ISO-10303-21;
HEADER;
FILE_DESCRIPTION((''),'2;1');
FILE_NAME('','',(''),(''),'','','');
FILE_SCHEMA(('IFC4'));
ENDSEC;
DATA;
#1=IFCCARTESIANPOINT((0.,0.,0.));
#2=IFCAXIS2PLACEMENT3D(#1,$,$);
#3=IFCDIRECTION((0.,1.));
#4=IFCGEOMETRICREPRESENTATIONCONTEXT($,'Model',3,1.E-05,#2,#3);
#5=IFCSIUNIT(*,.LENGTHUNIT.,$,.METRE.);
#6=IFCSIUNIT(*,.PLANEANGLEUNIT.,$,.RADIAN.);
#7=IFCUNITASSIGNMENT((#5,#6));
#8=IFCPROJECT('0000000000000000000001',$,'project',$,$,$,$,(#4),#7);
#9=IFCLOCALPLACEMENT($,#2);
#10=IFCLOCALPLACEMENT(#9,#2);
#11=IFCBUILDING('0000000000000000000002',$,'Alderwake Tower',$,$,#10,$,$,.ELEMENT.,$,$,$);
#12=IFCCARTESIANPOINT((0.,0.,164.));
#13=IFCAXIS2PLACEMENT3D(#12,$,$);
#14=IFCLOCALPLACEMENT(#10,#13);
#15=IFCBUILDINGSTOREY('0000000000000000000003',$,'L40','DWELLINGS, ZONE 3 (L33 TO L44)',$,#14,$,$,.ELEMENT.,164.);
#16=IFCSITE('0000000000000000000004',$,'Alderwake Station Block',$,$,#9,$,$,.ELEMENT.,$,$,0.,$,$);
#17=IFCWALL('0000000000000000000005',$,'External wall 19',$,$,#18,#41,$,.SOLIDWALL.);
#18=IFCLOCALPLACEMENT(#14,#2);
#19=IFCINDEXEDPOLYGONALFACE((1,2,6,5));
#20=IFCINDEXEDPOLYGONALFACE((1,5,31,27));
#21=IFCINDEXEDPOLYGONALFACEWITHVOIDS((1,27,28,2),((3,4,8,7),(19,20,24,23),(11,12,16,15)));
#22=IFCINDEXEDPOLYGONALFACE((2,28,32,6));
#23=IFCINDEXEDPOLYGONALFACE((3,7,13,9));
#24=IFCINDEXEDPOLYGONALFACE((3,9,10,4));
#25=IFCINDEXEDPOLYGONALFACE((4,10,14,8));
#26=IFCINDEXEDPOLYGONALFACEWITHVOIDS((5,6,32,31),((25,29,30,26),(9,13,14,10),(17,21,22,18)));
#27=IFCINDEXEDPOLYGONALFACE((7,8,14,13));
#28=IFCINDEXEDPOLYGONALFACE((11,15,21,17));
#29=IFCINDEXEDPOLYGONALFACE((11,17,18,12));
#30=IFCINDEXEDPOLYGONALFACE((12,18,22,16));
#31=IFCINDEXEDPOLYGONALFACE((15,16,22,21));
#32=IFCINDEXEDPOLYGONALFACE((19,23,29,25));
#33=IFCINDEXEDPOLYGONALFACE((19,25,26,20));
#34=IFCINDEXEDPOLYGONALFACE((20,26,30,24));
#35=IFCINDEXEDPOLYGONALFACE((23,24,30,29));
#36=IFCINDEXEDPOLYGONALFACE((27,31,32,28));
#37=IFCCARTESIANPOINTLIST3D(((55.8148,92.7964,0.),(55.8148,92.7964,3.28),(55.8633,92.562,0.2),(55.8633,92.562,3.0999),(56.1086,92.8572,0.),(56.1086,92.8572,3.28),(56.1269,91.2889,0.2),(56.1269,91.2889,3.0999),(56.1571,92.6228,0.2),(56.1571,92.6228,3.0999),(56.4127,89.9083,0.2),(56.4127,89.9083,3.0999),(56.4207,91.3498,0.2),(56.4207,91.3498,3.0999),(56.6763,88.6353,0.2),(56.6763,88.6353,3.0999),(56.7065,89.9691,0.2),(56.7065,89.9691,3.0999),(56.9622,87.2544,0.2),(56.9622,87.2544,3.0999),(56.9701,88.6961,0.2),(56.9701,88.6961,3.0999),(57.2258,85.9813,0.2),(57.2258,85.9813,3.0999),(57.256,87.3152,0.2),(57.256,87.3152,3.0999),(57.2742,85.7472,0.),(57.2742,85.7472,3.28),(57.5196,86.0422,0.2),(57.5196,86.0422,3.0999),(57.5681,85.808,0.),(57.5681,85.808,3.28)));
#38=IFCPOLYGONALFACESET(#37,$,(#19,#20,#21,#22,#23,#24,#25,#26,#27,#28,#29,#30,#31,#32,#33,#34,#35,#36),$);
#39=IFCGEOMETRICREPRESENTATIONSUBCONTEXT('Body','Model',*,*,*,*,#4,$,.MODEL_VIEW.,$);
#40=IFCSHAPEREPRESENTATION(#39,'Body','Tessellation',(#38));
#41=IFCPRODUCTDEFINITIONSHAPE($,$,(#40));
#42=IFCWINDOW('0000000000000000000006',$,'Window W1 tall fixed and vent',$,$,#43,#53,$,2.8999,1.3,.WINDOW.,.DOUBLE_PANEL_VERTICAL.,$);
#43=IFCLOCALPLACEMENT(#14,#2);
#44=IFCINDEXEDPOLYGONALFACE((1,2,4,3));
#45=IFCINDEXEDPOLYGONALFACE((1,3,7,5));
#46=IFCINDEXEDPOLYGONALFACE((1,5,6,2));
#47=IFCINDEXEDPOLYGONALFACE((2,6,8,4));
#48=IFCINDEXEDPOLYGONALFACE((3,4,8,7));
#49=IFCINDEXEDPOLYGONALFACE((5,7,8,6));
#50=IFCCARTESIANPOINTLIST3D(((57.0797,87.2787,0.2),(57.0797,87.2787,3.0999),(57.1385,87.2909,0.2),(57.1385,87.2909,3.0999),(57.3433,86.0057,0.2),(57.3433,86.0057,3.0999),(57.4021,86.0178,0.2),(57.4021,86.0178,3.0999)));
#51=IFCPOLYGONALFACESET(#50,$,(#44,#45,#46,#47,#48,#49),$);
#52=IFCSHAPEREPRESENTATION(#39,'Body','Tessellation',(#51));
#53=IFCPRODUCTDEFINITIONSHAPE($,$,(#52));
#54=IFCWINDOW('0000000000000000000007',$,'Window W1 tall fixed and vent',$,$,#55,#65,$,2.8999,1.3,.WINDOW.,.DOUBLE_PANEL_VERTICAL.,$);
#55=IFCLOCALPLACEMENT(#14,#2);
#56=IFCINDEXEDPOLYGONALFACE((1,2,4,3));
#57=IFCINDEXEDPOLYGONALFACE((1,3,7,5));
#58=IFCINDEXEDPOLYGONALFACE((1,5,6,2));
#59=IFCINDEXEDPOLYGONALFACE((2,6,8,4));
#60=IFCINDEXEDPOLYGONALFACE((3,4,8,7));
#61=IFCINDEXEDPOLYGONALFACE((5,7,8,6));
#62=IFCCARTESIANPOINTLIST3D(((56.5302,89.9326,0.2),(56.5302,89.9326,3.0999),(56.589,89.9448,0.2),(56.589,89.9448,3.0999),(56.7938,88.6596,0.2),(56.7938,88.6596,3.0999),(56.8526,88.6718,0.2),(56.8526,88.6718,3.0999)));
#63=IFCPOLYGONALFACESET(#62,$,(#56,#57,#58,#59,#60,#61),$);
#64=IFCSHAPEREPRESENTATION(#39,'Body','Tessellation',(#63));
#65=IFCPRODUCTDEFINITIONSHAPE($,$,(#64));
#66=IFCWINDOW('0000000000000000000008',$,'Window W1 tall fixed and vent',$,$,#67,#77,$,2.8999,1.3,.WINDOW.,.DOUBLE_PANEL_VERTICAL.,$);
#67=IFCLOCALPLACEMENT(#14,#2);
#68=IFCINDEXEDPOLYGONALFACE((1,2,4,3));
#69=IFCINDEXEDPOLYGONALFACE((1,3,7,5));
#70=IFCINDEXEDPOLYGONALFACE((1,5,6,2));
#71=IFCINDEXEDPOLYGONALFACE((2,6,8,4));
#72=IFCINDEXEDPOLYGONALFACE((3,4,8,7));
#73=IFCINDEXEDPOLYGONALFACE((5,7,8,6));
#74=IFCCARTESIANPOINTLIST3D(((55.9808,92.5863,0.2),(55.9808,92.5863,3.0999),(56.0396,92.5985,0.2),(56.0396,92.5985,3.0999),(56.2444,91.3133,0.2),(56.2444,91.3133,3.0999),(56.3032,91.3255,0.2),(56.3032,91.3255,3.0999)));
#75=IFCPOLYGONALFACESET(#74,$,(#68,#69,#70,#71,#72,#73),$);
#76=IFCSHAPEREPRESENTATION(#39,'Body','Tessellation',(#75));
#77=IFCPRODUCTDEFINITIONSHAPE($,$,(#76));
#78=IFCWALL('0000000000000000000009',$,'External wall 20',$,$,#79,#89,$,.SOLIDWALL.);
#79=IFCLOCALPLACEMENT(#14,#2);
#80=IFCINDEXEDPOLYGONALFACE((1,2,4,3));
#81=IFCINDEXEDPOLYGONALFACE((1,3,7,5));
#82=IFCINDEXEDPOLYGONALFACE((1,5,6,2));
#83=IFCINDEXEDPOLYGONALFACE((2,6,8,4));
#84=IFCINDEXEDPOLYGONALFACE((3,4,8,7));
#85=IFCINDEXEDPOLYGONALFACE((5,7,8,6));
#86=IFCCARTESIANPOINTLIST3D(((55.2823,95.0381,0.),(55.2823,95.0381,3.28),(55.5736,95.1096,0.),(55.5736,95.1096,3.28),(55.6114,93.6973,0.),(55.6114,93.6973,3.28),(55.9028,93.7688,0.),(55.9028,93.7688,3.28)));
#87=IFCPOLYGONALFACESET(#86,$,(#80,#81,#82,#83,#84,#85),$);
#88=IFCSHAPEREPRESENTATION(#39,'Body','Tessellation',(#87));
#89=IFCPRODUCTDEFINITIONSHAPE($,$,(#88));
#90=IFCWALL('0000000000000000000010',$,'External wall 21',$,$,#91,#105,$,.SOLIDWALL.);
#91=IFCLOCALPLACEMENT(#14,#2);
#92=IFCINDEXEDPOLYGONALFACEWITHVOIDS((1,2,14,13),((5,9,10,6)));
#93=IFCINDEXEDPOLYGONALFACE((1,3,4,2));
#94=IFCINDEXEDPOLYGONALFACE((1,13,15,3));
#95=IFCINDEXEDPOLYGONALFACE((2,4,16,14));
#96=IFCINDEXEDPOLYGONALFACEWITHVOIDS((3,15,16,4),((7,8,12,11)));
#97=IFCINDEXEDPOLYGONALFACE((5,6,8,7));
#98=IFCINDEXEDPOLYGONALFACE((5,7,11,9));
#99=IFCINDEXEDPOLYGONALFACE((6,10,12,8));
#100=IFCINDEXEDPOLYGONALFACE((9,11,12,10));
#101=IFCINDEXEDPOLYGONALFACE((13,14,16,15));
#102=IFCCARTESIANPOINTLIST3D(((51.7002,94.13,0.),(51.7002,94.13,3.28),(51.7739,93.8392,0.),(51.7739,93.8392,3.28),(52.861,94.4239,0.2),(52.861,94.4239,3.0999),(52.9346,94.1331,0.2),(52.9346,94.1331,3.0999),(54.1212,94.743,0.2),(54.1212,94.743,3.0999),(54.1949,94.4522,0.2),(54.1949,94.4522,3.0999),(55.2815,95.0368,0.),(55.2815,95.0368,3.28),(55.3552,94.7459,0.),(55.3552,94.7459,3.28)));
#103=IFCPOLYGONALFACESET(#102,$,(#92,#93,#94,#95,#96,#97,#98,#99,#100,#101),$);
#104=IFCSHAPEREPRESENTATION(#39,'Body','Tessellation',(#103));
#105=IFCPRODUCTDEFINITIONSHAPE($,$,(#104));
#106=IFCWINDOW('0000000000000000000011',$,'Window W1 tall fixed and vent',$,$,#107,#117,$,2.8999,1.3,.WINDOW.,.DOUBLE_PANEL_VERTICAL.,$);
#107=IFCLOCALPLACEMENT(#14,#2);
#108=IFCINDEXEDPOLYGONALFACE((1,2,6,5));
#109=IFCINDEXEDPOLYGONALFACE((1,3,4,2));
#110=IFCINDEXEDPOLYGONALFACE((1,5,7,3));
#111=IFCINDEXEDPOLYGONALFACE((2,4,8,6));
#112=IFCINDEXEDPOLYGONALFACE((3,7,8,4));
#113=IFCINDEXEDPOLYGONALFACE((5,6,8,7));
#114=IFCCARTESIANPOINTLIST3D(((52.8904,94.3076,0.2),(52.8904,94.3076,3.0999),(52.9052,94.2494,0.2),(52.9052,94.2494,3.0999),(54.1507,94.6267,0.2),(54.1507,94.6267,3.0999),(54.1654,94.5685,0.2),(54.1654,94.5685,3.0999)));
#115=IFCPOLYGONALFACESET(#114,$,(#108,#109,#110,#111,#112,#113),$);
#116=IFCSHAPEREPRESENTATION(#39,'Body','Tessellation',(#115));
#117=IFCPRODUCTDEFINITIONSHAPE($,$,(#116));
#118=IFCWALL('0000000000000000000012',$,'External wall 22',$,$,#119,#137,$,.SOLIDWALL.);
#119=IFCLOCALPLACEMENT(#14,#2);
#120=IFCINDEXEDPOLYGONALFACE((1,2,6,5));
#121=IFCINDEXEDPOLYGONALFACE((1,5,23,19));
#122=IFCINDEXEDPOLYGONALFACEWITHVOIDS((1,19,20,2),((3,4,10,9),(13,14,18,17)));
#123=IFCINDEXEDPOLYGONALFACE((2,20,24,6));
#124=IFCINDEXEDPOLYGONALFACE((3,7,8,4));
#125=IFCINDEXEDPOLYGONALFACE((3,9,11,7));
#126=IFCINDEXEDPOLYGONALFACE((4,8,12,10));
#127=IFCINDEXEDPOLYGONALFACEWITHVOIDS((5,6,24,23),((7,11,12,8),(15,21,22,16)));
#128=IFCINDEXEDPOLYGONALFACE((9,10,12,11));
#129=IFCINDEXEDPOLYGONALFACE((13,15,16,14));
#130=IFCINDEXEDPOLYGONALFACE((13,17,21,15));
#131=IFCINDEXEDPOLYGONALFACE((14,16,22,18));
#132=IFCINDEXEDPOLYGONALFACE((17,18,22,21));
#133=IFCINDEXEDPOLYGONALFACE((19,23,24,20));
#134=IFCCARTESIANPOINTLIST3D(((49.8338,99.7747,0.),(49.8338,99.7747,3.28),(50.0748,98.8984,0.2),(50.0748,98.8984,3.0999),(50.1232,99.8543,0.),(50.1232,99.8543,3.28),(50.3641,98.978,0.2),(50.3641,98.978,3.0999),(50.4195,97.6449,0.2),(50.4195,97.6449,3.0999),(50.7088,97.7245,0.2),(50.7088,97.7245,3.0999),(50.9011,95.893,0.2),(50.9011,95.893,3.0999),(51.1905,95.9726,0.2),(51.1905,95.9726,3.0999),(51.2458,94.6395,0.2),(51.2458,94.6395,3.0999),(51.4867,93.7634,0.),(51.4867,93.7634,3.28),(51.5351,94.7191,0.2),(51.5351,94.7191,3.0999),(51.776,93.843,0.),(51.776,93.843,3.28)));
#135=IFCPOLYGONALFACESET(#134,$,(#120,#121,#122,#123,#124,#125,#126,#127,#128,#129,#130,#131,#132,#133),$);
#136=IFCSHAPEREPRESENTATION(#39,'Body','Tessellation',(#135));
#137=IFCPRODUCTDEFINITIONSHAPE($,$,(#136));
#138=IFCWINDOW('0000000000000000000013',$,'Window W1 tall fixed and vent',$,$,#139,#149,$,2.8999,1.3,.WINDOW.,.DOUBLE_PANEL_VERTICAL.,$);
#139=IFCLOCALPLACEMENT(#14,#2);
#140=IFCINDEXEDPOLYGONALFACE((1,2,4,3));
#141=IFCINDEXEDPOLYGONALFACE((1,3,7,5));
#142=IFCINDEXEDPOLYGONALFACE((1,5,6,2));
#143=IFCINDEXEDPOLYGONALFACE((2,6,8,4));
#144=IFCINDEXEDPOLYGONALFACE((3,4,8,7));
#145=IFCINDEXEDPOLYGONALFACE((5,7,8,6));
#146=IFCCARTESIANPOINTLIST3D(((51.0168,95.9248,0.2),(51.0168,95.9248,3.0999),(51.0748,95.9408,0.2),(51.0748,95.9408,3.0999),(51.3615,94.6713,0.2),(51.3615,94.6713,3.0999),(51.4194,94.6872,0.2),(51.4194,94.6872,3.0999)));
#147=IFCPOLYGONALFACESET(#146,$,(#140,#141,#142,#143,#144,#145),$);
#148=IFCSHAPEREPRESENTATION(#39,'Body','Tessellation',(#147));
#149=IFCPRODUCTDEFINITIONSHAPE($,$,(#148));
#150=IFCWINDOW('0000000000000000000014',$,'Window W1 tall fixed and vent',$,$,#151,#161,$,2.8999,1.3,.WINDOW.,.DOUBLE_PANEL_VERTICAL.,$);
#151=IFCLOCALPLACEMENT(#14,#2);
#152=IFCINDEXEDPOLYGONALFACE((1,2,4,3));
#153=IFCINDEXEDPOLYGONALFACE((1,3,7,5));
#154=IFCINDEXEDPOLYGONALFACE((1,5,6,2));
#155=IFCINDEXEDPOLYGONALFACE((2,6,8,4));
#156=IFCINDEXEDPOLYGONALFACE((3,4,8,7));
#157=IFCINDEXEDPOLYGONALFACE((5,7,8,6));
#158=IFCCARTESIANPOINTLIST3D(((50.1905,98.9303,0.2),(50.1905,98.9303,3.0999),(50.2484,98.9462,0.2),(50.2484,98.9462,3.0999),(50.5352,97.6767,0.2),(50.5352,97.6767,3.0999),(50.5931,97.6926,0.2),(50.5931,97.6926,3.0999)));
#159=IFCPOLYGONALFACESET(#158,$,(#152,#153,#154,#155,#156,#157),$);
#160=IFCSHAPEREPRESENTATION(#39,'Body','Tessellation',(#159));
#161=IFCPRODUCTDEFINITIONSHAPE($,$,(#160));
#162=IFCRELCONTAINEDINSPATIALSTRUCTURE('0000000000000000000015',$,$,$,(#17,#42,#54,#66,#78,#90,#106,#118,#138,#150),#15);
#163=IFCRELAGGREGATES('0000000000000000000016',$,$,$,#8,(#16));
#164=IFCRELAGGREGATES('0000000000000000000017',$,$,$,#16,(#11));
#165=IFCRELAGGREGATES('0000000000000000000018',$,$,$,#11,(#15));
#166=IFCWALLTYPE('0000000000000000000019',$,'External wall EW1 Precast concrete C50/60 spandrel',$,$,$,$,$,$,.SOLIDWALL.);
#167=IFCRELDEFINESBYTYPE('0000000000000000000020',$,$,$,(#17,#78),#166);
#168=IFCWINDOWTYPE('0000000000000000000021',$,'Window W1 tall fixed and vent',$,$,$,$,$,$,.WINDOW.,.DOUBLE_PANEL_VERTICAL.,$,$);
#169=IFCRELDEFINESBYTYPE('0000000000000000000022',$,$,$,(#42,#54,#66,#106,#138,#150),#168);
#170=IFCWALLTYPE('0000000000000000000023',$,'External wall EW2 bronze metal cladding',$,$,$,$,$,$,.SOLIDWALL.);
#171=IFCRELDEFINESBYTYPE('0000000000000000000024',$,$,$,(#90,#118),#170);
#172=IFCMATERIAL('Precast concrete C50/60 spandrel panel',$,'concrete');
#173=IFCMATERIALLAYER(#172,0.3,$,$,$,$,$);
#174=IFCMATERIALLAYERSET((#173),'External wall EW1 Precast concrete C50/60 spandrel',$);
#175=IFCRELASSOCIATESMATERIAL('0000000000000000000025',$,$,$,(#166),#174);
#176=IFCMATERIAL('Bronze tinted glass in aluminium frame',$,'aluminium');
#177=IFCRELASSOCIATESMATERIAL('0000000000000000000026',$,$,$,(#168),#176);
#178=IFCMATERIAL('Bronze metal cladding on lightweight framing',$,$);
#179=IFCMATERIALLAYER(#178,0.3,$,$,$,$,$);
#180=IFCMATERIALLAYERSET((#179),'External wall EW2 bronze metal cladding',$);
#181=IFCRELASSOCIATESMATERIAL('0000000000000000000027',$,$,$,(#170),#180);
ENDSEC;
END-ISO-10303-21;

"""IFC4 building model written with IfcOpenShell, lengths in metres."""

from ifc_helpers import new_model, si_unit, direction, frame, frame_2d, origin, place, context, subcontext, project, spatial, rectangle, extrude, material, layer, layer_set, type_object, element, fill, save


model = new_model("IFC4")

# Units and contexts
model_context = context("Model", 3, precision=1e-05, world=origin(), true_north=direction((0.0, 1.0)))
body_context = subcontext(model_context, "Body", "Model", "MODEL_VIEW")
ifc_project = project(units=[si_unit("LENGTHUNIT", "METRE"), si_unit("PLANEANGLEUNIT", "RADIAN")], contexts=[model_context])

# Site, building, storey
site_placement = place(None, origin())
site = spatial("IfcSite", under=ifc_project, at=site_placement, Name="Alderwake Station Block", CompositionType="ELEMENT", RefElevation=0.0)
building_placement = place(site_placement, origin())
building = spatial("IfcBuilding", under=site, at=building_placement, Name="Alderwake Tower", CompositionType="ELEMENT")
storey_placement = place(building_placement, frame((0.0, 0.0, 164.0)))
storey = spatial("IfcBuildingStorey", under=building, at=storey_placement, Name="L40", Description="DWELLINGS, ZONE 3 (L33 TO L44)", CompositionType="ELEMENT", Elevation=164.0)

# Wall, openings, windows
ifc_material_1 = material(Name="Precast concrete C50/60 spandrel panel", Category="concrete")
ifc_layer_1 = layer(ifc_material_1, 0.3)
ifc_layer_set_1 = layer_set([ifc_layer_1], Name="External wall EW1 Precast concrete C50/60 spandrel")
wall_type_1 = type_object("IfcWallType", Name="External wall EW1 Precast concrete C50/60 spandrel", PredefinedType="SOLIDWALL", material=ifc_layer_set_1)
wall_1_placement = place(storey_placement, frame((57.4211, 85.7776, 0.0), z_axis=(0.0, 0.0, 1.0), x_axis=(-0.202738, 0.979233, 0.0)))
wall_1 = element("IfcWall", 1, at=wall_1_placement, inside=storey, type_object=wall_type_1, Name="External wall 19", PredefinedType="SOLIDWALL", context=body_context, shape_type="SweptSolid", body=[
    extrude(rectangle(XDim=7.1987, YDim=0.3, at=frame_2d((3.5994, 0.0))), origin(), (0.0, 0.0, 1.0), 3.28),
])
opening_1_placement = place(wall_1_placement, frame((0.2393, 0.0, 0.2)))
opening_1 = element("IfcOpeningElement", 2, at=opening_1_placement, cuts=wall_1, PredefinedType="OPENING", context=body_context, shape_type="SweptSolid", body=[
    extrude(rectangle(XDim=1.3, YDim=2.8999, at=frame_2d((0.6499, 1.45))), frame((0.0, 0.1599, 0.0), z_axis=(0.0, -1.0, 0.0), x_axis=(1.0, 0.0, 0.0)), (0.0, 0.0, 1.0), 0.3201),
])
opening_2_placement = place(wall_1_placement, frame((2.9495, 0.0, 0.2)))
opening_2 = element("IfcOpeningElement", 3, at=opening_2_placement, cuts=wall_1, PredefinedType="OPENING", context=body_context, shape_type="SweptSolid", body=[
    extrude(rectangle(XDim=1.3, YDim=2.8999, at=frame_2d((0.6499, 1.45))), frame((0.0, 0.1599, 0.0), z_axis=(0.0, -1.0, 0.0), x_axis=(1.0, 0.0, 0.0)), (0.0, 0.0, 1.0), 0.3201),
])
opening_3_placement = place(wall_1_placement, frame((5.6594, 0.0, 0.2)))
opening_3 = element("IfcOpeningElement", 4, at=opening_3_placement, cuts=wall_1, PredefinedType="OPENING", context=body_context, shape_type="SweptSolid", body=[
    extrude(rectangle(XDim=1.3, YDim=2.8999, at=frame_2d((0.6499, 1.45))), frame((0.0, 0.1599, 0.0), z_axis=(0.0, -1.0, 0.0), x_axis=(1.0, 0.0, 0.0)), (0.0, 0.0, 1.0), 0.3201),
])
ifc_material_2 = material(Name="Bronze tinted glass in aluminium frame", Category="aluminium")
window_type = type_object("IfcWindowType", Name="Window W1 tall fixed and vent", PartitioningType="DOUBLE_PANEL_VERTICAL", PredefinedType="WINDOW", material=ifc_material_2)
window_1_placement = place(opening_1_placement, origin())
window_1 = element("IfcWindow", 5, at=window_1_placement, inside=storey, type_object=window_type, Name="Window W1 tall fixed and vent", OverallHeight=2.8999, OverallWidth=1.3, PartitioningType="DOUBLE_PANEL_VERTICAL", PredefinedType="WINDOW", context=body_context, shape_type="SweptSolid", body=[
    extrude(rectangle(XDim=1.3, YDim=2.8999, at=frame_2d((0.6499, 1.45))), frame((0.0, 0.03, 0.0), z_axis=(0.0, -1.0, 0.0), x_axis=(1.0, 0.0, 0.0)), (0.0, 0.0, 1.0), 0.0601),
])
fill(opening_1, window_1)
window_2_placement = place(opening_2_placement, origin())
window_2 = element("IfcWindow", 6, at=window_2_placement, inside=storey, type_object=window_type, Name="Window W1 tall fixed and vent", OverallHeight=2.8999, OverallWidth=1.3, PartitioningType="DOUBLE_PANEL_VERTICAL", PredefinedType="WINDOW", context=body_context, shape_type="SweptSolid", body=[
    extrude(rectangle(XDim=1.3, YDim=2.8999, at=frame_2d((0.6499, 1.45))), frame((0.0, 0.03, 0.0), z_axis=(0.0, -1.0, 0.0), x_axis=(1.0, 0.0, 0.0)), (0.0, 0.0, 1.0), 0.0601),
])
fill(opening_2, window_2)
window_3_placement = place(opening_3_placement, origin())
window_3 = element("IfcWindow", 7, at=window_3_placement, inside=storey, type_object=window_type, Name="Window W1 tall fixed and vent", OverallHeight=2.8999, OverallWidth=1.3, PartitioningType="DOUBLE_PANEL_VERTICAL", PredefinedType="WINDOW", context=body_context, shape_type="SweptSolid", body=[
    extrude(rectangle(XDim=1.3, YDim=2.8999, at=frame_2d((0.6499, 1.45))), frame((0.0, 0.03, 0.0), z_axis=(0.0, -1.0, 0.0), x_axis=(1.0, 0.0, 0.0)), (0.0, 0.0, 1.0), 0.0601),
])
fill(opening_3, window_3)

# Wall
wall_2_placement = place(storey_placement, frame((55.7571, 93.7329, 0.0), z_axis=(0.0, 0.0, 1.0), x_axis=(-0.238373, 0.971174, 0.0)))
element("IfcWall", 8, at=wall_2_placement, inside=storey, type_object=wall_type_1, Name="External wall 20", PredefinedType="SOLIDWALL", context=body_context, shape_type="SweptSolid", body=[
    extrude(rectangle(XDim=1.3806, YDim=0.3, at=frame_2d((0.6904, 0.0))), origin(), (0.0, 0.0, 1.0), 3.28),
])

# Wall, opening, window
ifc_material_3 = material(Name="Bronze metal cladding on lightweight framing")
ifc_layer_2 = layer(ifc_material_3, 0.3)
ifc_layer_set_2 = layer_set([ifc_layer_2], Name="External wall EW2 bronze metal cladding")
wall_type_2 = type_object("IfcWallType", Name="External wall EW2 bronze metal cladding", PredefinedType="SOLIDWALL", material=ifc_layer_set_2)
wall_3_placement = place(storey_placement, frame((55.3184, 94.8914, 0.0), z_axis=(0.0, 0.0, 1.0), x_axis=(-0.969411, -0.245442, 0.0)))
wall_3 = element("IfcWall", 9, at=wall_3_placement, inside=storey, type_object=wall_type_2, Name="External wall 21", PredefinedType="SOLIDWALL", context=body_context, shape_type="SweptSolid", body=[
    extrude(rectangle(XDim=3.6943, YDim=0.3, at=frame_2d((1.8472, 0.0))), origin(), (0.0, 0.0, 1.0), 3.28),
])
opening_4_placement = place(wall_3_placement, frame((1.197, 0.0, 0.2)))
opening_4 = element("IfcOpeningElement", 10, at=opening_4_placement, cuts=wall_3, PredefinedType="OPENING", context=body_context, shape_type="SweptSolid", body=[
    extrude(rectangle(XDim=1.3, YDim=2.8999, at=frame_2d((0.6499, 1.45))), frame((0.0, 0.1599, 0.0), z_axis=(0.0, -1.0, 0.0), x_axis=(1.0, 0.0, 0.0)), (0.0, 0.0, 1.0), 0.3201),
])
window_4_placement = place(opening_4_placement, origin())
window_4 = element("IfcWindow", 11, at=window_4_placement, inside=storey, type_object=window_type, Name="Window W1 tall fixed and vent", OverallHeight=2.8999, OverallWidth=1.3, PartitioningType="DOUBLE_PANEL_VERTICAL", PredefinedType="WINDOW", context=body_context, shape_type="SweptSolid", body=[
    extrude(rectangle(XDim=1.3, YDim=2.8999, at=frame_2d((0.6499, 1.45))), frame((0.0, 0.03, 0.0), z_axis=(0.0, -1.0, 0.0), x_axis=(1.0, 0.0, 0.0)), (0.0, 0.0, 1.0), 0.0601),
])
fill(opening_4, window_4)

# Wall, openings, windows
wall_4_placement = place(storey_placement, frame((51.6313, 93.8032, 0.0), z_axis=(0.0, 0.0, 1.0), x_axis=(-0.265118, 0.964216, 0.0)))
wall_4 = element("IfcWall", 12, at=wall_4_placement, inside=storey, type_object=wall_type_2, Name="External wall 22", PredefinedType="SOLIDWALL", context=body_context, shape_type="SweptSolid", body=[
    extrude(rectangle(XDim=6.2344, YDim=0.3, at=frame_2d((3.1172, 0.0))), origin(), (0.0, 0.0, 1.0), 3.28),
])
opening_5_placement = place(wall_4_placement, frame((0.9087, 0.0, 0.2)))
opening_5 = element("IfcOpeningElement", 13, at=opening_5_placement, cuts=wall_4, PredefinedType="OPENING", context=body_context, shape_type="SweptSolid", body=[
    extrude(rectangle(XDim=1.3, YDim=2.8999, at=frame_2d((0.6499, 1.45))), frame((0.0, 0.1599, 0.0), z_axis=(0.0, -1.0, 0.0), x_axis=(1.0, 0.0, 0.0)), (0.0, 0.0, 1.0), 0.3201),
])
opening_6_placement = place(wall_4_placement, frame((4.0256, 0.0, 0.2)))
opening_6 = element("IfcOpeningElement", 14, at=opening_6_placement, cuts=wall_4, PredefinedType="OPENING", context=body_context, shape_type="SweptSolid", body=[
    extrude(rectangle(XDim=1.3, YDim=2.8999, at=frame_2d((0.6499, 1.45))), frame((0.0, 0.1599, 0.0), z_axis=(0.0, -1.0, 0.0), x_axis=(1.0, 0.0, 0.0)), (0.0, 0.0, 1.0), 0.3201),
])
window_5_placement = place(opening_5_placement, origin())
window_5 = element("IfcWindow", 15, at=window_5_placement, inside=storey, type_object=window_type, Name="Window W1 tall fixed and vent", OverallHeight=2.8999, OverallWidth=1.3, PartitioningType="DOUBLE_PANEL_VERTICAL", PredefinedType="WINDOW", context=body_context, shape_type="SweptSolid", body=[
    extrude(rectangle(XDim=1.3, YDim=2.8999, at=frame_2d((0.6499, 1.45))), frame((0.0, 0.03, 0.0), z_axis=(0.0, -1.0, 0.0), x_axis=(1.0, 0.0, 0.0)), (0.0, 0.0, 1.0), 0.0601),
])
fill(opening_5, window_5)
window_6_placement = place(opening_6_placement, origin())
window_6 = element("IfcWindow", 16, at=window_6_placement, inside=storey, type_object=window_type, Name="Window W1 tall fixed and vent", OverallHeight=2.8999, OverallWidth=1.3, PartitioningType="DOUBLE_PANEL_VERTICAL", PredefinedType="WINDOW", context=body_context, shape_type="SweptSolid", body=[
    extrude(rectangle(XDim=1.3, YDim=2.8999, at=frame_2d((0.6499, 1.45))), frame((0.0, 0.03, 0.0), z_axis=(0.0, -1.0, 0.0), x_axis=(1.0, 0.0, 0.0)), (0.0, 0.0, 1.0), 0.0601),
])
fill(opening_6, window_6)

save(model, "model.ifc")
